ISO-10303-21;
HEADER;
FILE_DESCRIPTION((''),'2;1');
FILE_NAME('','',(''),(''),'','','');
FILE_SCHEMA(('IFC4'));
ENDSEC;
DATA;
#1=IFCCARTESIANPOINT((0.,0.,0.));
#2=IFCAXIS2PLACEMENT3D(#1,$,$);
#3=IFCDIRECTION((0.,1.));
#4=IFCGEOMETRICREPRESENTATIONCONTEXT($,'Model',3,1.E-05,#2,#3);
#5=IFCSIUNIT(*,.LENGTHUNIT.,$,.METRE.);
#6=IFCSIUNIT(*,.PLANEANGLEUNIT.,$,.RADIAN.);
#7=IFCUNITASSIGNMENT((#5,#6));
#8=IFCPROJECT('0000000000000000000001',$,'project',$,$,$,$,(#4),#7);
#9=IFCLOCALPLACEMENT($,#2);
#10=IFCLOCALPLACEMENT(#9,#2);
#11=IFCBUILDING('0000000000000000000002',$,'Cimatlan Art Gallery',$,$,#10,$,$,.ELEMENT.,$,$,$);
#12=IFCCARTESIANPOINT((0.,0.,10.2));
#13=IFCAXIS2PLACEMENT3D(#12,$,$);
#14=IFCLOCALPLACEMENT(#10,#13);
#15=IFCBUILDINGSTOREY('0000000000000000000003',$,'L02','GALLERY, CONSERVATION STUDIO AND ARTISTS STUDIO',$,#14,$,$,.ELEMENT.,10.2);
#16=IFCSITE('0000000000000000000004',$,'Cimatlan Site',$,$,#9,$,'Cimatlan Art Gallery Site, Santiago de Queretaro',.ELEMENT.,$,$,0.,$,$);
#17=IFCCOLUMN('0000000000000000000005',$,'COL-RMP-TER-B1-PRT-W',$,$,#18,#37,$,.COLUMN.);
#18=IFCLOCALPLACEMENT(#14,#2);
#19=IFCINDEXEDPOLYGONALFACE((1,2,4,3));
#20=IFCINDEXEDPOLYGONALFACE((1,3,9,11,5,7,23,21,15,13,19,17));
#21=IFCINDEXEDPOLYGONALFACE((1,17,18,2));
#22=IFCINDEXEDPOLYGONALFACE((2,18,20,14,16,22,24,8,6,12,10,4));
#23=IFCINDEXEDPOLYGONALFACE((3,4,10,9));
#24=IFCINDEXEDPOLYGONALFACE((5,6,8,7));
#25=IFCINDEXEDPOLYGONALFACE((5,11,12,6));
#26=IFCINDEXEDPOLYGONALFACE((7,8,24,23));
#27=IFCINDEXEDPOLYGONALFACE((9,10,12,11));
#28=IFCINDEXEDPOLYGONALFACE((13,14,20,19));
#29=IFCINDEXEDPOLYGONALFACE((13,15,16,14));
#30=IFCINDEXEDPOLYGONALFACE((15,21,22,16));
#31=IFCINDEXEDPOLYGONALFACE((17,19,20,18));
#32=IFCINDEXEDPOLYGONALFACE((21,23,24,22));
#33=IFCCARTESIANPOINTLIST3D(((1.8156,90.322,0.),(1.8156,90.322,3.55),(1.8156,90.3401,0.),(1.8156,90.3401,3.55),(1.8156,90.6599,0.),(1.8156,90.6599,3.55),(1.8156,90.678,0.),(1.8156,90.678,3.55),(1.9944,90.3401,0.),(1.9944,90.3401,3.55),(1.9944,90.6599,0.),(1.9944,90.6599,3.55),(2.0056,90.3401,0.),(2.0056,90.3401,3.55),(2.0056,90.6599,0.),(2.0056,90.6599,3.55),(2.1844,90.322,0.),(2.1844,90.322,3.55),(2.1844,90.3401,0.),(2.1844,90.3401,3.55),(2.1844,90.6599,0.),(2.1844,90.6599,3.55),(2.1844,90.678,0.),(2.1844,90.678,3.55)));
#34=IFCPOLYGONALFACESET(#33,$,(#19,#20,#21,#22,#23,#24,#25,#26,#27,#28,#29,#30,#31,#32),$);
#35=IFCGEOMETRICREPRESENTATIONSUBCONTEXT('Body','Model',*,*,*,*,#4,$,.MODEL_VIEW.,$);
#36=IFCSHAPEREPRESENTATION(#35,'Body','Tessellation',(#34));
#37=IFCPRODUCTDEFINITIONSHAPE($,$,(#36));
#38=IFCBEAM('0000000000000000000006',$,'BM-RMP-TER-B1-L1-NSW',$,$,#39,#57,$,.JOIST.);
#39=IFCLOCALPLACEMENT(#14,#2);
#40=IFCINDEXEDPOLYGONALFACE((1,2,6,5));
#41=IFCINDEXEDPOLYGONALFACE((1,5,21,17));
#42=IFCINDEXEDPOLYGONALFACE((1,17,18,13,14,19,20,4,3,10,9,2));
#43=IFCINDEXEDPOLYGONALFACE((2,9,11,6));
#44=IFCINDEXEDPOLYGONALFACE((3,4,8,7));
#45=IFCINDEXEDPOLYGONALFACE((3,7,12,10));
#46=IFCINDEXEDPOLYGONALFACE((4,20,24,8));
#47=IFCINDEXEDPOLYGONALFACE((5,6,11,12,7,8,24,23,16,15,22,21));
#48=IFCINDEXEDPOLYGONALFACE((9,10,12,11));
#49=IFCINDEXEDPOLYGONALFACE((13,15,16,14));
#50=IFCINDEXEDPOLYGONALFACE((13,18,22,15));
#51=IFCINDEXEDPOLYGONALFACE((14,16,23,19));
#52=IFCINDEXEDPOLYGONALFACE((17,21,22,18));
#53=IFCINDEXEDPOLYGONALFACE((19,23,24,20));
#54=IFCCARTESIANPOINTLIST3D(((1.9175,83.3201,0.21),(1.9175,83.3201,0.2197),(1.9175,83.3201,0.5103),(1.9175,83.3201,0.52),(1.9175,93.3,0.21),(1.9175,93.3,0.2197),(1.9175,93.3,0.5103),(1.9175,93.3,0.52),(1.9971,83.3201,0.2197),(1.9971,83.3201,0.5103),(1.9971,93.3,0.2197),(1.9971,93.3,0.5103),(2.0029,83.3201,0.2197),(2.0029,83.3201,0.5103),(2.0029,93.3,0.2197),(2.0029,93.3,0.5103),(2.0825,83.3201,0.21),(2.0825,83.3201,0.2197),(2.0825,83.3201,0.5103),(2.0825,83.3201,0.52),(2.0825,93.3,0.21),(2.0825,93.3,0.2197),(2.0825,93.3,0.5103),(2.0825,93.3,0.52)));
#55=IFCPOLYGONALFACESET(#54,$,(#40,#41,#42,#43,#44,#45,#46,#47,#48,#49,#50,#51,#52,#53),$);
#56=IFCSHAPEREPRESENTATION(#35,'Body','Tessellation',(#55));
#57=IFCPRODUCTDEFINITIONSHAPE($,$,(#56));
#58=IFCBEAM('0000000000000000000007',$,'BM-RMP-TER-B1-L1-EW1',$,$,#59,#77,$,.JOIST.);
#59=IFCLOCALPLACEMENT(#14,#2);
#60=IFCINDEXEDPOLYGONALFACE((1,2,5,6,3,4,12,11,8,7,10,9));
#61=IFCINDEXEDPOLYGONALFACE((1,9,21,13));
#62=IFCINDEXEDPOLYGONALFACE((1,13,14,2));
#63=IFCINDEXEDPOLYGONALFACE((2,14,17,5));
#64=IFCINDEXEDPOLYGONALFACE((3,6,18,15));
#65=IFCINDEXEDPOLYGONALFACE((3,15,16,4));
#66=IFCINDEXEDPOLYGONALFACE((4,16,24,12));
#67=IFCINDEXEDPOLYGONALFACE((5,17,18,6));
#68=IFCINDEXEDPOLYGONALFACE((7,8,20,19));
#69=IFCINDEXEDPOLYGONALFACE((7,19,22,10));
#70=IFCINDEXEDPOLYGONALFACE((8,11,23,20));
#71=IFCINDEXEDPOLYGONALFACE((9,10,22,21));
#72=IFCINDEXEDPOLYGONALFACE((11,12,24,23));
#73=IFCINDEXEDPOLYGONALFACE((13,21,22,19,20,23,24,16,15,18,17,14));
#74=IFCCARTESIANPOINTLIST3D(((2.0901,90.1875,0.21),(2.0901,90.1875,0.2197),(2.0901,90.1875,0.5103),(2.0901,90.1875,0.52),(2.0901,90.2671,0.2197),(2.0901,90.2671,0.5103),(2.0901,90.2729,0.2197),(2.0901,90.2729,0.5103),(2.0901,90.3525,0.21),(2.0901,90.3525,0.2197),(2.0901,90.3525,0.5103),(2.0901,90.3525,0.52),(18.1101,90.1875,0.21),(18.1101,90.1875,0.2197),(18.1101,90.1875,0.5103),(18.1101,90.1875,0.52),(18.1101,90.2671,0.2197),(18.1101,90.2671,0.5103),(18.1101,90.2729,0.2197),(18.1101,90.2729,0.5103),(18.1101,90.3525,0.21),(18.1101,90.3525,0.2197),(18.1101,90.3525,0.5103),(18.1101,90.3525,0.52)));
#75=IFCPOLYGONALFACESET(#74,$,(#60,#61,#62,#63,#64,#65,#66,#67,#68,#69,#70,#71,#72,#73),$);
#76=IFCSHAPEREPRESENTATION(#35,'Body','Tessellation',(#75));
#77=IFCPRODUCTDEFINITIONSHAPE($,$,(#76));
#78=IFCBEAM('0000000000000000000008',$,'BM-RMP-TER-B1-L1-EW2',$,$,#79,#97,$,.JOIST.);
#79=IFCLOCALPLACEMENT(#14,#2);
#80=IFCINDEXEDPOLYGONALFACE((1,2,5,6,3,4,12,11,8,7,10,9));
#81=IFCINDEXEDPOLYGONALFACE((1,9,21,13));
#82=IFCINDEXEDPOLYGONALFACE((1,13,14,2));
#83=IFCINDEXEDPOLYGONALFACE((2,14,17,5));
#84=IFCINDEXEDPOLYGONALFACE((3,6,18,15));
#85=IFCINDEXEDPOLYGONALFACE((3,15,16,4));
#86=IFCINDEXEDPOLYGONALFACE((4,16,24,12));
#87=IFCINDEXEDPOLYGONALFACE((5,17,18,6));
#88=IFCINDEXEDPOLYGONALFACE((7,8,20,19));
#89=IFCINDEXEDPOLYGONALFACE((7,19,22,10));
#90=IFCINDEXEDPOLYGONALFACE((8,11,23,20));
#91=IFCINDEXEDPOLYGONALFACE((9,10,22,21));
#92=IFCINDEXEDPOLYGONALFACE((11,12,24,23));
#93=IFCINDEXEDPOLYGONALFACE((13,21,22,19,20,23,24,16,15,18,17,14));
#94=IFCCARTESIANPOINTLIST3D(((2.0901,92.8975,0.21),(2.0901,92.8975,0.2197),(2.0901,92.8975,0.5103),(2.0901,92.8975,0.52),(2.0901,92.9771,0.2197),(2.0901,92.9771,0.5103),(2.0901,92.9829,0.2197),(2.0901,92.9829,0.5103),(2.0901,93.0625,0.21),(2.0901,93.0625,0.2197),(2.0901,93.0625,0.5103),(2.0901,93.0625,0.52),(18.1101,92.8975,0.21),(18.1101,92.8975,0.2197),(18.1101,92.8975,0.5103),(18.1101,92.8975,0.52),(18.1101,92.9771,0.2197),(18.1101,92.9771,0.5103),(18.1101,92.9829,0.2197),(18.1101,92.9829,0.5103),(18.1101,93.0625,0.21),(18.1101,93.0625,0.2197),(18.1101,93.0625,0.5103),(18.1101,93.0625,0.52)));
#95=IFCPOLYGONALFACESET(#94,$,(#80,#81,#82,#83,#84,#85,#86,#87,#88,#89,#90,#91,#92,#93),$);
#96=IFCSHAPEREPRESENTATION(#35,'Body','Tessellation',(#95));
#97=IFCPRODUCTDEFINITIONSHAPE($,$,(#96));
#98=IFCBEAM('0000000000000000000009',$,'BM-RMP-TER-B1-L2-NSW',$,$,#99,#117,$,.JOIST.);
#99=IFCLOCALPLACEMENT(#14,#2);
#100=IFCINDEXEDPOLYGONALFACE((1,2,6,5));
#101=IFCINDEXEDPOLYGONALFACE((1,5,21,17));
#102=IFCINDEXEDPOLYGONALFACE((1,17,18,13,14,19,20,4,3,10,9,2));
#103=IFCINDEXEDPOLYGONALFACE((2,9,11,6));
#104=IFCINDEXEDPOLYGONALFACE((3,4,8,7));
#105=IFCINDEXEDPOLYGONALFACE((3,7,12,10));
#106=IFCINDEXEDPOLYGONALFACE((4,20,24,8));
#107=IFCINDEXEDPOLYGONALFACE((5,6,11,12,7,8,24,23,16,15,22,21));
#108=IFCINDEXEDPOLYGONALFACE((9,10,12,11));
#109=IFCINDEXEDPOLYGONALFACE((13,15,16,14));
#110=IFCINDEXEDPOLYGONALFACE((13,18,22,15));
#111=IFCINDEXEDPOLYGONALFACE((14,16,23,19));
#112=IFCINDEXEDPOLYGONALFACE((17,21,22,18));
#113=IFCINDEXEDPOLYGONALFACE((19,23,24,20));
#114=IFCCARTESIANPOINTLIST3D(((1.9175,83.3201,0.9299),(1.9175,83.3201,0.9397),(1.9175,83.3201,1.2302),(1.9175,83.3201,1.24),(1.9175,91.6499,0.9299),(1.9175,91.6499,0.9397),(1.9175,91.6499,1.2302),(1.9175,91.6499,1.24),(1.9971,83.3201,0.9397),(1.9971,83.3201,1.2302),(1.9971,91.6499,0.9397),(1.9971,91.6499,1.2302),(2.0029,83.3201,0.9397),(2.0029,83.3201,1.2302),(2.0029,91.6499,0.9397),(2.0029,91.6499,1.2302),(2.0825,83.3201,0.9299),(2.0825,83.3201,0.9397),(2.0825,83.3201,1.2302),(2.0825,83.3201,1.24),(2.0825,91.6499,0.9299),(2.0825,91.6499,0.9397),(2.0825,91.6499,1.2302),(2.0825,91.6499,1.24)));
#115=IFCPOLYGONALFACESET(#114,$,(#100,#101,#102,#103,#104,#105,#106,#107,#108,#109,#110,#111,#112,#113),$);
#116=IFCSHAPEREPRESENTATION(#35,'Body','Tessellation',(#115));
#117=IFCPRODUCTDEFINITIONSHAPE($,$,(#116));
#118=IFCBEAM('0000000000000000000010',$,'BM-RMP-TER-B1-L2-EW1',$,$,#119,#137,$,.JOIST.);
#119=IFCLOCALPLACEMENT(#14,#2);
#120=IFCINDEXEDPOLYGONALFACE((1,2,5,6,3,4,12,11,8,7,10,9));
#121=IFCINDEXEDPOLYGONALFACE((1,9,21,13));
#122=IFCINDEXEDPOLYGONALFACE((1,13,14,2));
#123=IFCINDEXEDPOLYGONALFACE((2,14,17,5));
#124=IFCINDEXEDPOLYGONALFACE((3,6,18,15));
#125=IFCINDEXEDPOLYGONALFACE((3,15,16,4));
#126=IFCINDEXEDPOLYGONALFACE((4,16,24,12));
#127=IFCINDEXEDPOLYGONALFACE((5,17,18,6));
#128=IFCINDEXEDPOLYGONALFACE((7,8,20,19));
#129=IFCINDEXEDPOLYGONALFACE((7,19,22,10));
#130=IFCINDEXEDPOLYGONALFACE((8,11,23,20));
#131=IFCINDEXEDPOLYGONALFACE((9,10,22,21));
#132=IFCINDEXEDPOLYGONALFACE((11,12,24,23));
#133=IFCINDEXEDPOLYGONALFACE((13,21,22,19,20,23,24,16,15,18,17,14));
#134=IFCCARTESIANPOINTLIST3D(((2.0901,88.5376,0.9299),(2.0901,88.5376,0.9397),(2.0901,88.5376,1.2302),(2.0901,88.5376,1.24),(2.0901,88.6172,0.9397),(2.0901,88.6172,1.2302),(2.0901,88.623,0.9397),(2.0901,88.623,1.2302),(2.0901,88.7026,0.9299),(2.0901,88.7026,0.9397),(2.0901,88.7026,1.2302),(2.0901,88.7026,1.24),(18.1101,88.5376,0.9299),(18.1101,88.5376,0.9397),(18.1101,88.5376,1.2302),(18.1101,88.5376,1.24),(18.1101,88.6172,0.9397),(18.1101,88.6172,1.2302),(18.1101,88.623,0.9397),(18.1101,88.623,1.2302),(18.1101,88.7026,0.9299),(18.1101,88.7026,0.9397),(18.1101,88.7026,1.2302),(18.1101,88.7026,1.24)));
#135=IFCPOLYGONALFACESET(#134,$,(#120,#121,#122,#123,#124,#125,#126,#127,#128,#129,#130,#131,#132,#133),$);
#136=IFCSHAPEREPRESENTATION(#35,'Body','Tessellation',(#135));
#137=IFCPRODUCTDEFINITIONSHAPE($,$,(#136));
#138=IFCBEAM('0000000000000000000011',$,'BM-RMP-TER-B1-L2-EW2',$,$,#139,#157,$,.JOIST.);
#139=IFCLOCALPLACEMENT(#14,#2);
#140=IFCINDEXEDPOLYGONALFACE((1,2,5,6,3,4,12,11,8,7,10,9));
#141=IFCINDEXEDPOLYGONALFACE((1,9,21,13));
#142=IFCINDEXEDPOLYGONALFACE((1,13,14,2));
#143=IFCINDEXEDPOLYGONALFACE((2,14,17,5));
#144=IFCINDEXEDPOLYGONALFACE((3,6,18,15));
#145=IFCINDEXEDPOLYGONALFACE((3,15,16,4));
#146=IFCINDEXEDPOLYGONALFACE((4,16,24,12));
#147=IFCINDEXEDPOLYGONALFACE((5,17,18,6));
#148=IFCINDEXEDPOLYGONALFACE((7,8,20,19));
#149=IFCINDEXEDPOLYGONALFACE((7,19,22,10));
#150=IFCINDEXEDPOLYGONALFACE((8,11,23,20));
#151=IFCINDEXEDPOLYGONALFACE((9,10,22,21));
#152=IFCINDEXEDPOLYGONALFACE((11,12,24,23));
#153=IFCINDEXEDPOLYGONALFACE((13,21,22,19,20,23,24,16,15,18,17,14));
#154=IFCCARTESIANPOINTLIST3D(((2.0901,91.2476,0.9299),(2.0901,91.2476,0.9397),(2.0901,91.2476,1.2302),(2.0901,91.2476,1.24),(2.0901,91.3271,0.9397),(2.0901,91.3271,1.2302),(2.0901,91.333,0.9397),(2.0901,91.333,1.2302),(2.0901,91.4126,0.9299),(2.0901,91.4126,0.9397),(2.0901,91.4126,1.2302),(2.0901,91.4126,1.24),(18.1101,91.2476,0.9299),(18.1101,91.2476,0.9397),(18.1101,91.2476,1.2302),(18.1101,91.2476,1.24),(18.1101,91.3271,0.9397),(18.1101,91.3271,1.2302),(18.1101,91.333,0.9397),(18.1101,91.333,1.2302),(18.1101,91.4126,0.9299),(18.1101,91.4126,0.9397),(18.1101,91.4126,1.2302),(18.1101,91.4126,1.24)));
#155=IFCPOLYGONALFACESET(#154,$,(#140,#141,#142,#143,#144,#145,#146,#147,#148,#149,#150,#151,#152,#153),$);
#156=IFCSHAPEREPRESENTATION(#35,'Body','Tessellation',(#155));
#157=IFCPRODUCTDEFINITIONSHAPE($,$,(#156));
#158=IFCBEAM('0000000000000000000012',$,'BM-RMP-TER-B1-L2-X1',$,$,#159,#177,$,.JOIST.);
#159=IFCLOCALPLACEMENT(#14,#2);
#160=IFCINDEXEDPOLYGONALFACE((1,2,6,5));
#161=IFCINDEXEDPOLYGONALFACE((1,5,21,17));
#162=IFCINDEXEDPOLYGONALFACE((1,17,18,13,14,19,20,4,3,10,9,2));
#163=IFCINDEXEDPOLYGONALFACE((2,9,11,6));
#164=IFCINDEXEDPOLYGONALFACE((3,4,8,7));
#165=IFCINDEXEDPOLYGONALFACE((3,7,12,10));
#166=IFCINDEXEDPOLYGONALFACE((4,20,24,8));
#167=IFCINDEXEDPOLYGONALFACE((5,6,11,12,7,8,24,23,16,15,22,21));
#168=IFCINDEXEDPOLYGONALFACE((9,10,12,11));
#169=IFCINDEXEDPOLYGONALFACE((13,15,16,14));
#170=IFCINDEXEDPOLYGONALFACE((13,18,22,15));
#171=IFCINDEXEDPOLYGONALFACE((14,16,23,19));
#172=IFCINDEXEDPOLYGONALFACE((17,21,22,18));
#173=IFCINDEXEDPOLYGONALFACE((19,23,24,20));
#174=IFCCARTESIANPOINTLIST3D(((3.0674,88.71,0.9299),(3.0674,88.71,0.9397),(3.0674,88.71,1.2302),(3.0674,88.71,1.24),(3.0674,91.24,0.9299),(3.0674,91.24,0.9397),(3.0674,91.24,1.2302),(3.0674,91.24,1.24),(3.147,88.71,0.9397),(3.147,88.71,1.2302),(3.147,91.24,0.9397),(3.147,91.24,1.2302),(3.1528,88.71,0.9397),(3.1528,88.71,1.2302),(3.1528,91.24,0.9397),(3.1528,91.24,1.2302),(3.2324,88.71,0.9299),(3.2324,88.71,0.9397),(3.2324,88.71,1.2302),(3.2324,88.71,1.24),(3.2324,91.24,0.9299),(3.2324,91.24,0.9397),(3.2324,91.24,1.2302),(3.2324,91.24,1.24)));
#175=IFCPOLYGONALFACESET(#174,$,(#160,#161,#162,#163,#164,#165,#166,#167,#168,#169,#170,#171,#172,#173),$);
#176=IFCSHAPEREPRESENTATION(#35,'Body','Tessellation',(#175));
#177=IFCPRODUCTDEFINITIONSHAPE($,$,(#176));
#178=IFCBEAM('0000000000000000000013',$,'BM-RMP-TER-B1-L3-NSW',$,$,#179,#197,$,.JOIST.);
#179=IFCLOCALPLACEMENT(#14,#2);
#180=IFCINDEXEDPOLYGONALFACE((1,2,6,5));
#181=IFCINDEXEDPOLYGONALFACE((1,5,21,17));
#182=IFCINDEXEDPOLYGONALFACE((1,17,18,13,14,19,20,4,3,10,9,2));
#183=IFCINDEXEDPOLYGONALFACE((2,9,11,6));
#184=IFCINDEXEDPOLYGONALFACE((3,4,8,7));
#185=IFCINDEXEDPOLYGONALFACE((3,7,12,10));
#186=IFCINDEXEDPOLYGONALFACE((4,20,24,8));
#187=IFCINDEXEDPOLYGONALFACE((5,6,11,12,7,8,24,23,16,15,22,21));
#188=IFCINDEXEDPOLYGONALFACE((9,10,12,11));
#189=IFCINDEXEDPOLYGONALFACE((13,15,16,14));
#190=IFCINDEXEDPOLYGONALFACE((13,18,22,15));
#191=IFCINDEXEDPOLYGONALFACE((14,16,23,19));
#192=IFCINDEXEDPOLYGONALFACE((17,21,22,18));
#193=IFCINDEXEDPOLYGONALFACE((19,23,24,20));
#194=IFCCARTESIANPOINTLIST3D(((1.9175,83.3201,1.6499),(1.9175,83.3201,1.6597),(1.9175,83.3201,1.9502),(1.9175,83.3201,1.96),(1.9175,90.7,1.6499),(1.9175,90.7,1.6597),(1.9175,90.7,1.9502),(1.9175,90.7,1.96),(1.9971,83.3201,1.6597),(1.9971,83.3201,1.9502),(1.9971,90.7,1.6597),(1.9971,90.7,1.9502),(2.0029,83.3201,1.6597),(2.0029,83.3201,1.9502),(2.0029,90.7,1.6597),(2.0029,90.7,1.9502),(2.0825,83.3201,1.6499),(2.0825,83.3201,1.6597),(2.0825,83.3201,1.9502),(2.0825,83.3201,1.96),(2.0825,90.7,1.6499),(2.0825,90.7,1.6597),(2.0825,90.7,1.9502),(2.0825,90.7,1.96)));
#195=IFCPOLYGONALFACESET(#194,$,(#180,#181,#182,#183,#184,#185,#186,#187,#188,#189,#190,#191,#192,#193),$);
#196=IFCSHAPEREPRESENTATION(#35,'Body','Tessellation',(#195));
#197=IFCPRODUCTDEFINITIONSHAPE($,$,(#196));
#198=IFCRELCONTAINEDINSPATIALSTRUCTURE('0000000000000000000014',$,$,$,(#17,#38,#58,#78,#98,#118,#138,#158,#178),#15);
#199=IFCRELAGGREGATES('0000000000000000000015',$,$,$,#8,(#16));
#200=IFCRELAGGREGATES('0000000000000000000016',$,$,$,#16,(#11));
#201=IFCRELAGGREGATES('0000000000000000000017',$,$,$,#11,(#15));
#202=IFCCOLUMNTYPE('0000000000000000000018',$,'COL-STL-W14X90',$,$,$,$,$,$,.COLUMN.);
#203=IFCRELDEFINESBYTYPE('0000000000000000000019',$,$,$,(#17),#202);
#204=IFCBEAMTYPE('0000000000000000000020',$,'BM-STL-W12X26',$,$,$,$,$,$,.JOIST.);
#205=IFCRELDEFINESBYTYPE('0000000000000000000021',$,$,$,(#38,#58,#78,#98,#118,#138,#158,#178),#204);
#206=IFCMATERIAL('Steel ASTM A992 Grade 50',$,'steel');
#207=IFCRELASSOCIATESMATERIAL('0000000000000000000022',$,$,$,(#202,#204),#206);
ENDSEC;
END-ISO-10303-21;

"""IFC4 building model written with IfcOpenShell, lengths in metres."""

from ifc_helpers import new_model, si_unit, direction, frame, origin, origin_2d, place, context, subcontext, project, spatial, i_section, extrude, material, material_profile, profile_set, type_object, element, save


model = new_model("IFC4")

# Units and contexts
model_context = context("Model", 3, precision=1e-05, world=origin(), true_north=direction((0.0, 1.0)))
body_context = subcontext(model_context, "Body", "Model", "MODEL_VIEW")
ifc_project = project(units=[si_unit("LENGTHUNIT", "METRE"), si_unit("PLANEANGLEUNIT", "RADIAN")], contexts=[model_context])

# Site, building, storey
site_placement = place(None, origin())
site = spatial("IfcSite", under=ifc_project, at=site_placement, Name="Cimatlan Site", LongName="Cimatlan Art Gallery Site, Santiago de Queretaro", CompositionType="ELEMENT", RefElevation=0.0)
building_placement = place(site_placement, origin())
building = spatial("IfcBuilding", under=site, at=building_placement, Name="Cimatlan Art Gallery", CompositionType="ELEMENT")
storey_placement = place(building_placement, frame((0.0, 0.0, 10.2)))
storey = spatial("IfcBuildingStorey", under=building, at=storey_placement, Name="L02", Description="GALLERY, CONSERVATION STUDIO AND ARTISTS STUDIO", CompositionType="ELEMENT", Elevation=10.2)

# Column
ifc_material_1 = material(Name="Steel ASTM A992 Grade 50", Category="steel")
ifc_material_profile_1 = material_profile(ifc_material_1, i_section(OverallWidth=0.3689, OverallDepth=0.356, WebThickness=0.0112, FlangeThickness=0.0181, at=origin_2d()), Name="W14X90")
ifc_profile_set_1 = profile_set([ifc_material_profile_1], Name="Steel ASTM A992 Grade 50")
column_type = type_object("IfcColumnType", Name="COL-STL-W14X90", PredefinedType="COLUMN", material=ifc_profile_set_1)
column_placement = place(storey_placement, frame((2.0, 90.5, 0.0), z_axis=(0.0, 0.0, 1.0), x_axis=(1.0, 0.0, 0.0)))
element("IfcColumn", 1, at=column_placement, inside=storey, type_object=column_type, Name="COL-RMP-TER-B1-PRT-W", PredefinedType="COLUMN", context=body_context, shape_type="SweptSolid", body=[
    extrude(i_section(OverallWidth=0.3689, OverallDepth=0.356, WebThickness=0.0112, FlangeThickness=0.0181, at=origin_2d()), origin(), (0.0, 0.0, 1.0), 3.55),
])

# Beams
ifc_material_profile_2 = material_profile(ifc_material_1, i_section(OverallWidth=0.165, OverallDepth=0.3101, WebThickness=0.0059, FlangeThickness=0.0098, at=origin_2d()), Name="W12X26")
ifc_profile_set_2 = profile_set([ifc_material_profile_2], Name="Steel ASTM A992 Grade 50")
beam_type = type_object("IfcBeamType", Name="BM-STL-W12X26", PredefinedType="JOIST", material=ifc_profile_set_2)
beam_1_placement = place(storey_placement, frame((2.0, 83.3201, 0.365), z_axis=(0.0, 1.0, 0.0), x_axis=(-1.0, 0.0, 0.0)))
element("IfcBeam", 2, at=beam_1_placement, inside=storey, type_object=beam_type, Name="BM-RMP-TER-B1-L1-NSW", PredefinedType="JOIST", context=body_context, shape_type="SweptSolid", body=[
    extrude(i_section(OverallWidth=0.165, OverallDepth=0.3101, WebThickness=0.0059, FlangeThickness=0.0098, at=origin_2d()), origin(), (0.0, 0.0, 1.0), 9.98),
])
for number, where, z_axis, x_axis, name in (
    (3, (2.0901, 90.27, 0.365), (1.0, 0.0, 0.0), (0.0, 1.0, 0.0), "BM-RMP-TER-B1-L1-EW1"),
    (4, (2.0901, 92.98, 0.365), (1.0, 0.0, 0.0), (0.0, 1.0, 0.0), "BM-RMP-TER-B1-L1-EW2"),
):
    element("IfcBeam", number, at=place(storey_placement, frame(where, z_axis=z_axis, x_axis=x_axis)), inside=storey, type_object=beam_type, Name=name, PredefinedType="JOIST", context=body_context, shape_type="SweptSolid", body=[
        extrude(i_section(OverallWidth=0.165, OverallDepth=0.3101, WebThickness=0.0059, FlangeThickness=0.0098, at=origin_2d()), origin(), (0.0, 0.0, 1.0), 16.02),
    ])
beam_2_placement = place(storey_placement, frame((2.0, 83.3201, 1.085), z_axis=(0.0, 1.0, 0.0), x_axis=(-1.0, 0.0, 0.0)))
element("IfcBeam", 5, at=beam_2_placement, inside=storey, type_object=beam_type, Name="BM-RMP-TER-B1-L2-NSW", PredefinedType="JOIST", context=body_context, shape_type="SweptSolid", body=[
    extrude(i_section(OverallWidth=0.165, OverallDepth=0.3101, WebThickness=0.0059, FlangeThickness=0.0098, at=origin_2d()), origin(), (0.0, 0.0, 1.0), 8.3298),
])
for number, where, z_axis, x_axis, name in (
    (6, (2.0901, 88.6201, 1.085), (1.0, 0.0, 0.0), (0.0, 1.0, 0.0), "BM-RMP-TER-B1-L2-EW1"),
    (7, (2.0901, 91.3301, 1.085), (1.0, 0.0, 0.0), (0.0, 1.0, 0.0), "BM-RMP-TER-B1-L2-EW2"),
):
    element("IfcBeam", number, at=place(storey_placement, frame(where, z_axis=z_axis, x_axis=x_axis)), inside=storey, type_object=beam_type, Name=name, PredefinedType="JOIST", context=body_context, shape_type="SweptSolid", body=[
        extrude(i_section(OverallWidth=0.165, OverallDepth=0.3101, WebThickness=0.0059, FlangeThickness=0.0098, at=origin_2d()), origin(), (0.0, 0.0, 1.0), 16.02),
    ])
beam_3_placement = place(storey_placement, frame((3.1499, 88.71, 1.085), z_axis=(0.0, 1.0, 0.0), x_axis=(-1.0, 0.0, 0.0)))
element("IfcBeam", 8, at=beam_3_placement, inside=storey, type_object=beam_type, Name="BM-RMP-TER-B1-L2-X1", PredefinedType="JOIST", context=body_context, shape_type="SweptSolid", body=[
    extrude(i_section(OverallWidth=0.165, OverallDepth=0.3101, WebThickness=0.0059, FlangeThickness=0.0098, at=origin_2d()), origin(), (0.0, 0.0, 1.0), 2.53),
])
beam_4_placement = place(storey_placement, frame((2.0, 83.3201, 1.8049), z_axis=(0.0, 1.0, 0.0), x_axis=(-1.0, 0.0, 0.0)))
element("IfcBeam", 9, at=beam_4_placement, inside=storey, type_object=beam_type, Name="BM-RMP-TER-B1-L3-NSW", PredefinedType="JOIST", context=body_context, shape_type="SweptSolid", body=[
    extrude(i_section(OverallWidth=0.165, OverallDepth=0.3101, WebThickness=0.0059, FlangeThickness=0.0098, at=origin_2d()), origin(), (0.0, 0.0, 1.0), 7.3799),
])

save(model, "model.ifc")
